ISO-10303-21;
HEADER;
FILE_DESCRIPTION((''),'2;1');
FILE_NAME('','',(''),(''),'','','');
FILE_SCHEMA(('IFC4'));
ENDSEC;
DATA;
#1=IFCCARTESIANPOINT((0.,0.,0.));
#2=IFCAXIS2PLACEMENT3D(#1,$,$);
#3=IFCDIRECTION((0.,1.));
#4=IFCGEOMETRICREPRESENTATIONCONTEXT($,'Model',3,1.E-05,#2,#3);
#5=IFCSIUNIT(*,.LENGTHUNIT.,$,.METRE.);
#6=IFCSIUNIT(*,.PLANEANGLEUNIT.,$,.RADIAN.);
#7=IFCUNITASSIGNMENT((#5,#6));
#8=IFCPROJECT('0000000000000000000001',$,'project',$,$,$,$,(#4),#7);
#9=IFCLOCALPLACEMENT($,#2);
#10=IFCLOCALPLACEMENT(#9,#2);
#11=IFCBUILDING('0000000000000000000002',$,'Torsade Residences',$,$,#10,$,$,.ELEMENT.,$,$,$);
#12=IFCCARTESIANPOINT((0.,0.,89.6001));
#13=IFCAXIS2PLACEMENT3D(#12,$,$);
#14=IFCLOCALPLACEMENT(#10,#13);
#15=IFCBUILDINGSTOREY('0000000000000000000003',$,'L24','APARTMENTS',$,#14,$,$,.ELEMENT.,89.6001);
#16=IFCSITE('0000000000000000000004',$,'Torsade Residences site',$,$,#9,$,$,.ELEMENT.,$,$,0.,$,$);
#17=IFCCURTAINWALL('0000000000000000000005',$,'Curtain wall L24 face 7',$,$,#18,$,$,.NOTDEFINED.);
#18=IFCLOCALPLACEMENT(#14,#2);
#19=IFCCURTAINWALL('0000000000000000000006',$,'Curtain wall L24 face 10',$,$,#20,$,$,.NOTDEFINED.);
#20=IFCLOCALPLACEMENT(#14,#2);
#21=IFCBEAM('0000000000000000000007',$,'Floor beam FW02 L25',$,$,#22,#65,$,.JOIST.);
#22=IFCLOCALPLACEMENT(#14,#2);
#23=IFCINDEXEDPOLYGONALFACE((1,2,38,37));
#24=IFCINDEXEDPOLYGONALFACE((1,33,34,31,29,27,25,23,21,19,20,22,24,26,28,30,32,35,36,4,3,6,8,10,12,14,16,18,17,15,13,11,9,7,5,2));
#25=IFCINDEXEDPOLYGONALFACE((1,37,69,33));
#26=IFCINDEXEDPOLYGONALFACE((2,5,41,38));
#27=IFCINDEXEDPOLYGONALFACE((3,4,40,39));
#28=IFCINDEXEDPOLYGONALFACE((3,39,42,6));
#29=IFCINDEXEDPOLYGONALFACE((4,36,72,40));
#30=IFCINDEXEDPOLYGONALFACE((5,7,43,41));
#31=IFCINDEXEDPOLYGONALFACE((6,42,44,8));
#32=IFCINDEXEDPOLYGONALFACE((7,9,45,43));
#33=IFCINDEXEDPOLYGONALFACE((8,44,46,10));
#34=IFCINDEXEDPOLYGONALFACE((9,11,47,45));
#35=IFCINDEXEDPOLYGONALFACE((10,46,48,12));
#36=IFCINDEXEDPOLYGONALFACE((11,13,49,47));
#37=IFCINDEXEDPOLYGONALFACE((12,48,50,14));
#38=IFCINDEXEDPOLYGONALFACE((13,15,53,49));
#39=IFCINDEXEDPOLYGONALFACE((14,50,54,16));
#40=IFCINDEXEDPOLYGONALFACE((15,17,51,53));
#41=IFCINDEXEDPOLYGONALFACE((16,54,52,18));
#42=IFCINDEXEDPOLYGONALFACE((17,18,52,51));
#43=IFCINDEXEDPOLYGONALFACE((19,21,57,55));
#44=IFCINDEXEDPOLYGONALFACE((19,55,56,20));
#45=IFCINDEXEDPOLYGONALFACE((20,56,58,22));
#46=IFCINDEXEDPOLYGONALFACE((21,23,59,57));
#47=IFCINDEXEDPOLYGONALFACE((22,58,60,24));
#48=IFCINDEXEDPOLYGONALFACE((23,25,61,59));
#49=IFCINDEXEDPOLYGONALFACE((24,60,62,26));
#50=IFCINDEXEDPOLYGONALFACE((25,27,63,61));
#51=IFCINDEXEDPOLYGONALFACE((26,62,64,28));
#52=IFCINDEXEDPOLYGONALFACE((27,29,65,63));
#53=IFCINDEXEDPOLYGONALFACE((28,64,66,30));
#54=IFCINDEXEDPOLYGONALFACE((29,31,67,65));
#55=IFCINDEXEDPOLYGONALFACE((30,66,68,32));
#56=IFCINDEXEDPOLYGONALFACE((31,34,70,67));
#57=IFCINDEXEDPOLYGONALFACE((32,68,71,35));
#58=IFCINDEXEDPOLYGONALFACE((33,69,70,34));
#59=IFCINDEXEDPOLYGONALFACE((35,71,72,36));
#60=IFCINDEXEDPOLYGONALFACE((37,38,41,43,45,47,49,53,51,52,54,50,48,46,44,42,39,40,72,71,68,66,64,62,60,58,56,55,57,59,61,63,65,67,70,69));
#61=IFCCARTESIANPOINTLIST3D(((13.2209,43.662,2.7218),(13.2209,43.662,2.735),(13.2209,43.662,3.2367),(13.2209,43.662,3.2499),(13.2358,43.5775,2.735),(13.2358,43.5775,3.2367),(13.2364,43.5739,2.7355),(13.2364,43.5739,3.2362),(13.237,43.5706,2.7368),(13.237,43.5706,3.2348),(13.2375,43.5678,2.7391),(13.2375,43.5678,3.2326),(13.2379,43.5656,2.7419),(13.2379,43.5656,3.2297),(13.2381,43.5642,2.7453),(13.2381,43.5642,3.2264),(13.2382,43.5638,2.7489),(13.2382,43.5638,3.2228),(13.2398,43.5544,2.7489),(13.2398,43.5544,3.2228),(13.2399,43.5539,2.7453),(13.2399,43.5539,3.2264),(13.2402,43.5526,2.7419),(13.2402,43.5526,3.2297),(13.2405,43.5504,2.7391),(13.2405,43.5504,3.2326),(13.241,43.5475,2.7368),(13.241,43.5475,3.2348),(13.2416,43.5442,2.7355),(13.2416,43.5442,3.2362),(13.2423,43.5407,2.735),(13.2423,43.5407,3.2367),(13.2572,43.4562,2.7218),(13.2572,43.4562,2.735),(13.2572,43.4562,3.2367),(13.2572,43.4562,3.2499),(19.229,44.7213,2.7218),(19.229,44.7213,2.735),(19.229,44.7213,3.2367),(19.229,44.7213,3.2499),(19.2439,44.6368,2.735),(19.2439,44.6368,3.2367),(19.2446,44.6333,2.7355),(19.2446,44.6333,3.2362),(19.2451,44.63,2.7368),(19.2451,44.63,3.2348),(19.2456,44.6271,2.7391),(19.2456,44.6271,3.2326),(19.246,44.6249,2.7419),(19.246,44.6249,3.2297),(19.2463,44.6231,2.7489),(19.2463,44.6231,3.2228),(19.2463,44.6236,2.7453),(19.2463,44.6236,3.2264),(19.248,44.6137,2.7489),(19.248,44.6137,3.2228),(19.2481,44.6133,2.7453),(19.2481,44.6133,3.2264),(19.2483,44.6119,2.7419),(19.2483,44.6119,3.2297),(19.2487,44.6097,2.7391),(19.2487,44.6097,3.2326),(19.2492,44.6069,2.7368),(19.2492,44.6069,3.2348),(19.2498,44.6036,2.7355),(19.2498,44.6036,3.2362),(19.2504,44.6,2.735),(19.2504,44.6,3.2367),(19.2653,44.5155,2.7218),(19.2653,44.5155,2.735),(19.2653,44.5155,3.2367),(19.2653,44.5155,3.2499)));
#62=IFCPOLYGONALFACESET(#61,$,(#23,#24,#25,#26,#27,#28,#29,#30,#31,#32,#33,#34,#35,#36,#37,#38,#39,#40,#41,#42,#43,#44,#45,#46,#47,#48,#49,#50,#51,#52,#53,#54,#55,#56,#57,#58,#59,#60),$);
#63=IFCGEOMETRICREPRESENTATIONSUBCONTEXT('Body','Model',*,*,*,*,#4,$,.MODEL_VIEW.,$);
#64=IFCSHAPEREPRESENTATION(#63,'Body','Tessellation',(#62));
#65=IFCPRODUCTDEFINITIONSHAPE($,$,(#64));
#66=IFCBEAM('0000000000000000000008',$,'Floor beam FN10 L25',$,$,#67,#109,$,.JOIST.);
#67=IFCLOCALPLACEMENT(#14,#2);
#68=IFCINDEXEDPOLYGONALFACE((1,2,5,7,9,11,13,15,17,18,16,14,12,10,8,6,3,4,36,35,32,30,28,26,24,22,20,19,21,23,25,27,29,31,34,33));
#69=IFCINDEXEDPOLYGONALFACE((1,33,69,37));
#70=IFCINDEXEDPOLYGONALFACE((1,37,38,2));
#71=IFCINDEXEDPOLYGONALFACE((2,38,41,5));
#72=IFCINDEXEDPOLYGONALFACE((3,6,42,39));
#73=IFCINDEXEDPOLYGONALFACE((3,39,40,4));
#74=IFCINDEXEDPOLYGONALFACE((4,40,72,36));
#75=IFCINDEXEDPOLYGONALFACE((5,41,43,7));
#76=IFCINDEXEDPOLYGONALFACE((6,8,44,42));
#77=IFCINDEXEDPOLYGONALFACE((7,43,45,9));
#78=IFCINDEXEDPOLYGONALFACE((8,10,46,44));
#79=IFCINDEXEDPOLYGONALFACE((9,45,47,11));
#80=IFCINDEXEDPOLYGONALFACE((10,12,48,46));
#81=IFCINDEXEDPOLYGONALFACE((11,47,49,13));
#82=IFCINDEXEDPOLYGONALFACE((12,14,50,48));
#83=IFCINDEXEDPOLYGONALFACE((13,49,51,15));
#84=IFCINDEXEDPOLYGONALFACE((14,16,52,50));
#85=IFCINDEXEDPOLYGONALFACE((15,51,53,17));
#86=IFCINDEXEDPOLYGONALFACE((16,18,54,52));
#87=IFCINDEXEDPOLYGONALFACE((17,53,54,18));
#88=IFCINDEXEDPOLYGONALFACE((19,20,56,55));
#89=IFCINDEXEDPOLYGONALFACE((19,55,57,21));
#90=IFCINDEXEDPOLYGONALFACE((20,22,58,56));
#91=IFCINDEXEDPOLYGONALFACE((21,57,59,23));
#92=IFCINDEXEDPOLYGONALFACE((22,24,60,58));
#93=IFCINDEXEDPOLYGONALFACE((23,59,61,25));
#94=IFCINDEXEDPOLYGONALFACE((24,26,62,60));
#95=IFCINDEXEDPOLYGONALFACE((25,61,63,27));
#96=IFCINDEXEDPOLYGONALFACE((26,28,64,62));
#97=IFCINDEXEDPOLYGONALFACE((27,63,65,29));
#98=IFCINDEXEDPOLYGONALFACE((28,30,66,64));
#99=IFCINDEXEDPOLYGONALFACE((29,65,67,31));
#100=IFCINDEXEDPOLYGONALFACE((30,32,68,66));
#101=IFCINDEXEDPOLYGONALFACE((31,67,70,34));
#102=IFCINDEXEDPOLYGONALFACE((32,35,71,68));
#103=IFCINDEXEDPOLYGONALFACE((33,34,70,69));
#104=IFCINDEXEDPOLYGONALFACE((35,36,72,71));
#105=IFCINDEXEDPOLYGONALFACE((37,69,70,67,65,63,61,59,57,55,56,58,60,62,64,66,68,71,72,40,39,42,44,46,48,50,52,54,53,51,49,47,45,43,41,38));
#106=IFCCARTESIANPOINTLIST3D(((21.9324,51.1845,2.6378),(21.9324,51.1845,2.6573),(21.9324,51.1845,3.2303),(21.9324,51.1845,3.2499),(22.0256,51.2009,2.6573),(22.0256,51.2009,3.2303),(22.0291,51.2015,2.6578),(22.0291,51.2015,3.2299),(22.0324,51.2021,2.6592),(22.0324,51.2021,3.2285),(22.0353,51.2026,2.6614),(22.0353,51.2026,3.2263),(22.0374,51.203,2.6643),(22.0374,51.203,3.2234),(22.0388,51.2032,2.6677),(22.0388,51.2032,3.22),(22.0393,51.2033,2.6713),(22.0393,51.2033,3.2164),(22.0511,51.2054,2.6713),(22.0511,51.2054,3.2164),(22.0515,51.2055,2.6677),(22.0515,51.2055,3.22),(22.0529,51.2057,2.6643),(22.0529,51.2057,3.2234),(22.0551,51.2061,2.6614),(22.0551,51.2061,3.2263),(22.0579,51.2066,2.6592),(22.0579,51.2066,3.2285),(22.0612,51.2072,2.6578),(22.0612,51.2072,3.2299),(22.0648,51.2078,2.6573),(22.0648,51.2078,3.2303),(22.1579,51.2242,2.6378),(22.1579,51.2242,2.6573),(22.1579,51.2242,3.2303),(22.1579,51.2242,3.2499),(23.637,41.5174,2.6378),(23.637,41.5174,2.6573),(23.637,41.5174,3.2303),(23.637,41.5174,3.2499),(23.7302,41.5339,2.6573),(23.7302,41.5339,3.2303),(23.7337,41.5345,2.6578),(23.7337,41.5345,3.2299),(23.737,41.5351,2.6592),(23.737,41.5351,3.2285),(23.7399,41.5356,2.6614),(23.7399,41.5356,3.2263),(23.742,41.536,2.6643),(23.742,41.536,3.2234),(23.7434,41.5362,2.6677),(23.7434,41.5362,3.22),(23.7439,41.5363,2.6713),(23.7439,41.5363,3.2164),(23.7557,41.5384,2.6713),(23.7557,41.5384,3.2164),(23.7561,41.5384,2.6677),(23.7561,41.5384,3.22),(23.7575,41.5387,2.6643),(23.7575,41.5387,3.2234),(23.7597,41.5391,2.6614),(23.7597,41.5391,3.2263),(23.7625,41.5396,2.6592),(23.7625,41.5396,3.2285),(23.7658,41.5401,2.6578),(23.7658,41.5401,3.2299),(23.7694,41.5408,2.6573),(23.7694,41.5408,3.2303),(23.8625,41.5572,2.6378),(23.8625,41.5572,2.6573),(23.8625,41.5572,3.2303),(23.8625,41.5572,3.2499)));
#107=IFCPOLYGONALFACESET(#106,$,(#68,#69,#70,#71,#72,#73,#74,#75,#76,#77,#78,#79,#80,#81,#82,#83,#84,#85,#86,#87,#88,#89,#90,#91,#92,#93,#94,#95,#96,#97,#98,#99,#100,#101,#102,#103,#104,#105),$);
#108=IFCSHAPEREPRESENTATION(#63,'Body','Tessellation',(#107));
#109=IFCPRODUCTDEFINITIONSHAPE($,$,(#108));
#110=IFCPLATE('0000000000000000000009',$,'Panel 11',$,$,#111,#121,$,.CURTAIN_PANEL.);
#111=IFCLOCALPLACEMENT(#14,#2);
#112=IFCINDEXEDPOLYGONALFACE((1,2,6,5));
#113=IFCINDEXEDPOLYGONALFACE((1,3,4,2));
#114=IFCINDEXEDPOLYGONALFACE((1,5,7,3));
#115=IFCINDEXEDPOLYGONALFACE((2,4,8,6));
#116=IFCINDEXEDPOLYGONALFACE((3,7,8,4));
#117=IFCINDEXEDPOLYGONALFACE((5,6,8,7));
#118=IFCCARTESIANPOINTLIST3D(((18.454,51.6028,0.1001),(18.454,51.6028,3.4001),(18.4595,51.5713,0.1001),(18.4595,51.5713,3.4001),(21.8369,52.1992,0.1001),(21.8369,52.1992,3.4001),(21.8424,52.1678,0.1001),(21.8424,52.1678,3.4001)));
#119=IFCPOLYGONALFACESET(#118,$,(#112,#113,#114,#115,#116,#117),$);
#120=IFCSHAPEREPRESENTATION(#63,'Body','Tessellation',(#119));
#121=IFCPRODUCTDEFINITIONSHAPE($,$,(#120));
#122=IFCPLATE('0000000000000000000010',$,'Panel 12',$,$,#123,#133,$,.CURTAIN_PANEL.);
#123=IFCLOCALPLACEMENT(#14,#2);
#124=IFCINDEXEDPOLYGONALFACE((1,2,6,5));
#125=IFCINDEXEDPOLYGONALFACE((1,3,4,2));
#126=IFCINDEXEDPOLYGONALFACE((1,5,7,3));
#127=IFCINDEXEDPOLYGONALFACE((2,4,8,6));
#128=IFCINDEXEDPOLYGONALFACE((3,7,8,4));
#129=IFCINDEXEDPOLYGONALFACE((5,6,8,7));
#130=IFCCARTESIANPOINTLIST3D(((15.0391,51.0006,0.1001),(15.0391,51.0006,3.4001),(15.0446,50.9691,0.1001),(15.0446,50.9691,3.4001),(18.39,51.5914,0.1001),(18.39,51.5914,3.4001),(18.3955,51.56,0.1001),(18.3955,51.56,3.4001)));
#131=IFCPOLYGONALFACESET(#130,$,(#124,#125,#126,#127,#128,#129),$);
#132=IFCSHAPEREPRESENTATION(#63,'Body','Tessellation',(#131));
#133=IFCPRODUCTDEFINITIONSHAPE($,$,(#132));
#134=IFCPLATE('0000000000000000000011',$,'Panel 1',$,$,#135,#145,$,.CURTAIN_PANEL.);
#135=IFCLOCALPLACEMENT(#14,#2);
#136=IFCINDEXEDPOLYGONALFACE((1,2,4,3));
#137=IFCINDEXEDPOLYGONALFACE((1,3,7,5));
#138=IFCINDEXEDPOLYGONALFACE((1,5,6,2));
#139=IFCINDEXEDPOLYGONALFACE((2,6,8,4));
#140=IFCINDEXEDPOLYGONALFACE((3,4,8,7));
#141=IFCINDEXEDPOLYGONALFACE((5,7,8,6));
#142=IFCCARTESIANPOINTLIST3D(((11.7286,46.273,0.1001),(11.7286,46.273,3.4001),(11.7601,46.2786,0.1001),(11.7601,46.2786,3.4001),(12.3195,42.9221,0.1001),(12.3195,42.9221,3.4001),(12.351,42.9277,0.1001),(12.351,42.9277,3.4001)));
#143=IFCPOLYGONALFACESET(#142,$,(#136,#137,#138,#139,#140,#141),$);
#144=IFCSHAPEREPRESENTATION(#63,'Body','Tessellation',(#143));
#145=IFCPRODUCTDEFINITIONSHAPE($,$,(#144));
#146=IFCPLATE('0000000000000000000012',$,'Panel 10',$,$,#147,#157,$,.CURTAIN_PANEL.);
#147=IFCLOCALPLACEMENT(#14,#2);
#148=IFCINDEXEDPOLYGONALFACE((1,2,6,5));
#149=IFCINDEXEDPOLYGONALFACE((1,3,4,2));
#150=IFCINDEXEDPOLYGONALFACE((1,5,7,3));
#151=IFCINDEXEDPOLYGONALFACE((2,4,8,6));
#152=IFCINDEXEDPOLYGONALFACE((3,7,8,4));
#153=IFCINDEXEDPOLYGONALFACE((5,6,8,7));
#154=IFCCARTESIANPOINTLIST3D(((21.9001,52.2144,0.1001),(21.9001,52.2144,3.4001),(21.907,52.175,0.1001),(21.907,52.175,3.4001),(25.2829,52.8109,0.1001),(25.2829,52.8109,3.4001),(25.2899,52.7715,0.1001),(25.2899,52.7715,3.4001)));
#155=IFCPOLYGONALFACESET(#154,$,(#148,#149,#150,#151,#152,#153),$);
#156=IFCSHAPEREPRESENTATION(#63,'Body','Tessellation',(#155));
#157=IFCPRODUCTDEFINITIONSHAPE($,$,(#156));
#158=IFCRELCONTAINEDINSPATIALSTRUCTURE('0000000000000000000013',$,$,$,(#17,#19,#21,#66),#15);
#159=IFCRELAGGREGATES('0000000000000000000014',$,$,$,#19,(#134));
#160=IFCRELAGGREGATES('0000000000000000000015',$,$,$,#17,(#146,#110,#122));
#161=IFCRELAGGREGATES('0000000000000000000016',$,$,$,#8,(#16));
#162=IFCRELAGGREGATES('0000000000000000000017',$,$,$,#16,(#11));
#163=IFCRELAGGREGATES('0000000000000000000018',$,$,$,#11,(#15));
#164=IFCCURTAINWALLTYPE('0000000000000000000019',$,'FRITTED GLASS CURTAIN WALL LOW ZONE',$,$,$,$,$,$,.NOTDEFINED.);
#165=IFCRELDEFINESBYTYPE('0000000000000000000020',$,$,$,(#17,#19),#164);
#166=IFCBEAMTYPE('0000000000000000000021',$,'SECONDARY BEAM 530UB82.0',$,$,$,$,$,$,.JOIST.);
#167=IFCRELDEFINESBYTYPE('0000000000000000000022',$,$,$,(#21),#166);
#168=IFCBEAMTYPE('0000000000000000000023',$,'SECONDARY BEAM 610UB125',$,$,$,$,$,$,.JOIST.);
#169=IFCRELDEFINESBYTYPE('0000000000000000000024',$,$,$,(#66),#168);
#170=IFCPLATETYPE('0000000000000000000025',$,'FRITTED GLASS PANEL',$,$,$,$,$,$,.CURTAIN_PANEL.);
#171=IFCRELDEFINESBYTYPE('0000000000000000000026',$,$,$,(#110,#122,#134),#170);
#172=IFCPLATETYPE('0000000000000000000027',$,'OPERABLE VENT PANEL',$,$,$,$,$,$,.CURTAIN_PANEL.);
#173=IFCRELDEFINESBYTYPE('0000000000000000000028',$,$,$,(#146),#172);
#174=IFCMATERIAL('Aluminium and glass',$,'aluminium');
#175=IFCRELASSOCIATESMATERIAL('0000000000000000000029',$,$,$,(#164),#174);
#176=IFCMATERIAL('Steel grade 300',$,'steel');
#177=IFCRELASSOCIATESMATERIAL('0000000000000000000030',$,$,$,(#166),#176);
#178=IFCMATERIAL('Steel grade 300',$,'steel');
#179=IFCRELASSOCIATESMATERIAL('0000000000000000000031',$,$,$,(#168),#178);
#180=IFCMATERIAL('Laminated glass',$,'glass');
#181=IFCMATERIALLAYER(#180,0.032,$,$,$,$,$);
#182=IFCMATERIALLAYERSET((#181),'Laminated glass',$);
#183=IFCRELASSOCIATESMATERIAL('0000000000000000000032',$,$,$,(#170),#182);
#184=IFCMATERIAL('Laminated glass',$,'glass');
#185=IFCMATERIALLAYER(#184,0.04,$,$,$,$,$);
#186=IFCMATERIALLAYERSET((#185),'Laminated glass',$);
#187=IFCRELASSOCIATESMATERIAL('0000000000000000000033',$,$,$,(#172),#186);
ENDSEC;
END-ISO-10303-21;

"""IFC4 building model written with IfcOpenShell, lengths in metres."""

from ifc_helpers import new_model, si_unit, direction, frame, origin, origin_2d, place, context, subcontext, project, spatial, rectangle, i_section, extrude, material, layer, layer_set, material_profile, profile_set, type_object, element, aggregate, save


model = new_model("IFC4")

# Units and contexts
model_context = context("Model", 3, precision=1e-05, world=origin(), true_north=direction((0.0, 1.0)))
body_context = subcontext(model_context, "Body", "Model", "MODEL_VIEW")
ifc_project = project(units=[si_unit("LENGTHUNIT", "METRE"), si_unit("PLANEANGLEUNIT", "RADIAN")], contexts=[model_context])

# Site, building, storey
site_placement = place(None, origin())
site = spatial("IfcSite", under=ifc_project, at=site_placement, Name="Torsade Residences site", CompositionType="ELEMENT", RefElevation=0.0)
building_placement = place(site_placement, origin())
building = spatial("IfcBuilding", under=site, at=building_placement, Name="Torsade Residences", CompositionType="ELEMENT")
storey_placement = place(building_placement, frame((0.0, 0.0, 89.6001)))
storey = spatial("IfcBuildingStorey", under=building, at=storey_placement, Name="L24", Description="APARTMENTS", CompositionType="ELEMENT", Elevation=89.6001)

# Curtain wall
ifc_material_1 = material(Name="Aluminium and glass", Category="aluminium")
curtain_wall_type = type_object("IfcCurtainWallType", Name="FRITTED GLASS CURTAIN WALL LOW ZONE", PredefinedType="NOTDEFINED", material=ifc_material_1)
curtain_wall_1_placement = place(storey_placement, origin())
curtain_wall_1 = element("IfcCurtainWall", 1, at=curtain_wall_1_placement, inside=storey, type_object=curtain_wall_type, Name="Curtain wall L24 face 7", PredefinedType="NOTDEFINED")

# Curtain wall
curtain_wall_2_placement = place(storey_placement, origin())
curtain_wall_2 = element("IfcCurtainWall", 2, at=curtain_wall_2_placement, inside=storey, type_object=curtain_wall_type, Name="Curtain wall L24 face 10", PredefinedType="NOTDEFINED")

# Beams
ifc_material_2 = material(Name="Steel grade 300", Category="steel")
ifc_material_profile_1 = material_profile(ifc_material_2, i_section(OverallWidth=0.209, OverallDepth=0.5281, WebThickness=0.0095, FlangeThickness=0.0132, FilletRadius=0.0139, at=origin_2d()), Name="530UB82.0")
ifc_profile_set_1 = profile_set([ifc_material_profile_1], Name="Steel grade 300")
beam_type_1 = type_object("IfcBeamType", Name="SECONDARY BEAM 530UB82.0", PredefinedType="JOIST", material=ifc_profile_set_1)
beam_1_placement = place(storey_placement, frame((13.239, 43.5591, 2.9858), z_axis=(0.984809, 0.173639, 0.0), x_axis=(-0.173639, 0.984809, 0.0)))
element("IfcBeam", 3, at=beam_1_placement, inside=storey, type_object=beam_type_1, Name="Floor beam FW02 L25", PredefinedType="JOIST", context=body_context, shape_type="SweptSolid", body=[
    extrude(i_section(OverallWidth=0.209, OverallDepth=0.5281, WebThickness=0.0095, FlangeThickness=0.0132, FilletRadius=0.0139, at=origin_2d()), origin(), (0.0, 0.0, 1.0), 6.1008),
])
ifc_material_3 = material(Name="Steel grade 300", Category="steel")
ifc_material_profile_2 = material_profile(ifc_material_3, i_section(OverallWidth=0.229, OverallDepth=0.6121, WebThickness=0.012, FlangeThickness=0.0195, FilletRadius=0.0139, at=origin_2d()), Name="610UB125")
ifc_profile_set_2 = profile_set([ifc_material_profile_2], Name="Steel grade 300")
beam_type_2 = type_object("IfcBeamType", Name="SECONDARY BEAM 610UB125", PredefinedType="JOIST", material=ifc_profile_set_2)
beam_2_placement = place(storey_placement, frame((22.0452, 51.2043, 2.9438), z_axis=(0.173652, -0.984807, 0.0), x_axis=(0.984807, 0.173652, 0.0)))
element("IfcBeam", 4, at=beam_2_placement, inside=storey, type_object=beam_type_2, Name="Floor beam FN10 L25", PredefinedType="JOIST", context=body_context, shape_type="SweptSolid", body=[
    extrude(i_section(OverallWidth=0.229, OverallDepth=0.6121, WebThickness=0.012, FlangeThickness=0.0195, FilletRadius=0.0139, at=origin_2d()), origin(), (0.0, 0.0, 1.0), 9.8162),
])

# Plates
ifc_material_4 = material(Name="Laminated glass", Category="glass")
ifc_layer_1 = layer(ifc_material_4, 0.032)
ifc_layer_set_1 = layer_set([ifc_layer_1], Name="Laminated glass")
plate_type_1 = type_object("IfcPlateType", Name="FRITTED GLASS PANEL", PredefinedType="CURTAIN_PANEL", material=ifc_layer_set_1)
plate_1_placement = place(storey_placement, frame((20.1482, 51.8853, 0.1001), z_axis=(0.0, 0.0, 1.0), x_axis=(-0.984808, -0.173648, 0.0)))
plate_1 = element("IfcPlate", 5, at=plate_1_placement, type_object=plate_type_1, Name="Panel 11", PredefinedType="CURTAIN_PANEL", context=body_context, shape_type="SweptSolid", body=[
    extrude(rectangle(XDim=3.4351, YDim=0.032, at=origin_2d()), origin(), (0.0, 0.0, 1.0), 3.3),
])
plate_2_placement = place(storey_placement, frame((16.7173, 51.2803, 0.1001), z_axis=(0.0, 0.0, 1.0), x_axis=(-0.984808, -0.173648, 0.0)))
plate_2 = element("IfcPlate", 6, at=plate_2_placement, type_object=plate_type_1, Name="Panel 12", PredefinedType="CURTAIN_PANEL", context=body_context, shape_type="SweptSolid", body=[
    extrude(rectangle(XDim=3.4026, YDim=0.032, at=origin_2d()), origin(), (0.0, 0.0, 1.0), 3.3),
])
plate_3_placement = place(storey_placement, frame((12.0398, 44.6003, 0.1001), z_axis=(0.0, 0.0, 1.0), x_axis=(0.173648, -0.984808, 0.0)))
plate_3 = element("IfcPlate", 7, at=plate_3_placement, type_object=plate_type_1, Name="Panel 1", PredefinedType="CURTAIN_PANEL", context=body_context, shape_type="SweptSolid", body=[
    extrude(rectangle(XDim=3.4026, YDim=0.032, at=origin_2d()), origin(), (0.0, 0.0, 1.0), 3.3),
])
aggregate(curtain_wall_2, [plate_3])
ifc_material_5 = material(Name="Laminated glass", Category="glass")
ifc_layer_2 = layer(ifc_material_5, 0.04)
ifc_layer_set_2 = layer_set([ifc_layer_2], Name="Laminated glass")
plate_type_2 = type_object("IfcPlateType", Name="OPERABLE VENT PANEL", PredefinedType="CURTAIN_PANEL", material=ifc_layer_set_2)
plate_4_placement = place(storey_placement, frame((23.595, 52.4929, 0.1001), z_axis=(0.0, 0.0, 1.0), x_axis=(-0.984808, -0.173648, 0.0)))
plate_4 = element("IfcPlate", 8, at=plate_4_placement, type_object=plate_type_2, Name="Panel 10", PredefinedType="CURTAIN_PANEL", context=body_context, shape_type="SweptSolid", body=[
    extrude(rectangle(XDim=3.4351, YDim=0.04, at=origin_2d()), origin(), (0.0, 0.0, 1.0), 3.3),
])
aggregate(curtain_wall_1, [plate_4, plate_1, plate_2])

save(model, "model.ifc")
